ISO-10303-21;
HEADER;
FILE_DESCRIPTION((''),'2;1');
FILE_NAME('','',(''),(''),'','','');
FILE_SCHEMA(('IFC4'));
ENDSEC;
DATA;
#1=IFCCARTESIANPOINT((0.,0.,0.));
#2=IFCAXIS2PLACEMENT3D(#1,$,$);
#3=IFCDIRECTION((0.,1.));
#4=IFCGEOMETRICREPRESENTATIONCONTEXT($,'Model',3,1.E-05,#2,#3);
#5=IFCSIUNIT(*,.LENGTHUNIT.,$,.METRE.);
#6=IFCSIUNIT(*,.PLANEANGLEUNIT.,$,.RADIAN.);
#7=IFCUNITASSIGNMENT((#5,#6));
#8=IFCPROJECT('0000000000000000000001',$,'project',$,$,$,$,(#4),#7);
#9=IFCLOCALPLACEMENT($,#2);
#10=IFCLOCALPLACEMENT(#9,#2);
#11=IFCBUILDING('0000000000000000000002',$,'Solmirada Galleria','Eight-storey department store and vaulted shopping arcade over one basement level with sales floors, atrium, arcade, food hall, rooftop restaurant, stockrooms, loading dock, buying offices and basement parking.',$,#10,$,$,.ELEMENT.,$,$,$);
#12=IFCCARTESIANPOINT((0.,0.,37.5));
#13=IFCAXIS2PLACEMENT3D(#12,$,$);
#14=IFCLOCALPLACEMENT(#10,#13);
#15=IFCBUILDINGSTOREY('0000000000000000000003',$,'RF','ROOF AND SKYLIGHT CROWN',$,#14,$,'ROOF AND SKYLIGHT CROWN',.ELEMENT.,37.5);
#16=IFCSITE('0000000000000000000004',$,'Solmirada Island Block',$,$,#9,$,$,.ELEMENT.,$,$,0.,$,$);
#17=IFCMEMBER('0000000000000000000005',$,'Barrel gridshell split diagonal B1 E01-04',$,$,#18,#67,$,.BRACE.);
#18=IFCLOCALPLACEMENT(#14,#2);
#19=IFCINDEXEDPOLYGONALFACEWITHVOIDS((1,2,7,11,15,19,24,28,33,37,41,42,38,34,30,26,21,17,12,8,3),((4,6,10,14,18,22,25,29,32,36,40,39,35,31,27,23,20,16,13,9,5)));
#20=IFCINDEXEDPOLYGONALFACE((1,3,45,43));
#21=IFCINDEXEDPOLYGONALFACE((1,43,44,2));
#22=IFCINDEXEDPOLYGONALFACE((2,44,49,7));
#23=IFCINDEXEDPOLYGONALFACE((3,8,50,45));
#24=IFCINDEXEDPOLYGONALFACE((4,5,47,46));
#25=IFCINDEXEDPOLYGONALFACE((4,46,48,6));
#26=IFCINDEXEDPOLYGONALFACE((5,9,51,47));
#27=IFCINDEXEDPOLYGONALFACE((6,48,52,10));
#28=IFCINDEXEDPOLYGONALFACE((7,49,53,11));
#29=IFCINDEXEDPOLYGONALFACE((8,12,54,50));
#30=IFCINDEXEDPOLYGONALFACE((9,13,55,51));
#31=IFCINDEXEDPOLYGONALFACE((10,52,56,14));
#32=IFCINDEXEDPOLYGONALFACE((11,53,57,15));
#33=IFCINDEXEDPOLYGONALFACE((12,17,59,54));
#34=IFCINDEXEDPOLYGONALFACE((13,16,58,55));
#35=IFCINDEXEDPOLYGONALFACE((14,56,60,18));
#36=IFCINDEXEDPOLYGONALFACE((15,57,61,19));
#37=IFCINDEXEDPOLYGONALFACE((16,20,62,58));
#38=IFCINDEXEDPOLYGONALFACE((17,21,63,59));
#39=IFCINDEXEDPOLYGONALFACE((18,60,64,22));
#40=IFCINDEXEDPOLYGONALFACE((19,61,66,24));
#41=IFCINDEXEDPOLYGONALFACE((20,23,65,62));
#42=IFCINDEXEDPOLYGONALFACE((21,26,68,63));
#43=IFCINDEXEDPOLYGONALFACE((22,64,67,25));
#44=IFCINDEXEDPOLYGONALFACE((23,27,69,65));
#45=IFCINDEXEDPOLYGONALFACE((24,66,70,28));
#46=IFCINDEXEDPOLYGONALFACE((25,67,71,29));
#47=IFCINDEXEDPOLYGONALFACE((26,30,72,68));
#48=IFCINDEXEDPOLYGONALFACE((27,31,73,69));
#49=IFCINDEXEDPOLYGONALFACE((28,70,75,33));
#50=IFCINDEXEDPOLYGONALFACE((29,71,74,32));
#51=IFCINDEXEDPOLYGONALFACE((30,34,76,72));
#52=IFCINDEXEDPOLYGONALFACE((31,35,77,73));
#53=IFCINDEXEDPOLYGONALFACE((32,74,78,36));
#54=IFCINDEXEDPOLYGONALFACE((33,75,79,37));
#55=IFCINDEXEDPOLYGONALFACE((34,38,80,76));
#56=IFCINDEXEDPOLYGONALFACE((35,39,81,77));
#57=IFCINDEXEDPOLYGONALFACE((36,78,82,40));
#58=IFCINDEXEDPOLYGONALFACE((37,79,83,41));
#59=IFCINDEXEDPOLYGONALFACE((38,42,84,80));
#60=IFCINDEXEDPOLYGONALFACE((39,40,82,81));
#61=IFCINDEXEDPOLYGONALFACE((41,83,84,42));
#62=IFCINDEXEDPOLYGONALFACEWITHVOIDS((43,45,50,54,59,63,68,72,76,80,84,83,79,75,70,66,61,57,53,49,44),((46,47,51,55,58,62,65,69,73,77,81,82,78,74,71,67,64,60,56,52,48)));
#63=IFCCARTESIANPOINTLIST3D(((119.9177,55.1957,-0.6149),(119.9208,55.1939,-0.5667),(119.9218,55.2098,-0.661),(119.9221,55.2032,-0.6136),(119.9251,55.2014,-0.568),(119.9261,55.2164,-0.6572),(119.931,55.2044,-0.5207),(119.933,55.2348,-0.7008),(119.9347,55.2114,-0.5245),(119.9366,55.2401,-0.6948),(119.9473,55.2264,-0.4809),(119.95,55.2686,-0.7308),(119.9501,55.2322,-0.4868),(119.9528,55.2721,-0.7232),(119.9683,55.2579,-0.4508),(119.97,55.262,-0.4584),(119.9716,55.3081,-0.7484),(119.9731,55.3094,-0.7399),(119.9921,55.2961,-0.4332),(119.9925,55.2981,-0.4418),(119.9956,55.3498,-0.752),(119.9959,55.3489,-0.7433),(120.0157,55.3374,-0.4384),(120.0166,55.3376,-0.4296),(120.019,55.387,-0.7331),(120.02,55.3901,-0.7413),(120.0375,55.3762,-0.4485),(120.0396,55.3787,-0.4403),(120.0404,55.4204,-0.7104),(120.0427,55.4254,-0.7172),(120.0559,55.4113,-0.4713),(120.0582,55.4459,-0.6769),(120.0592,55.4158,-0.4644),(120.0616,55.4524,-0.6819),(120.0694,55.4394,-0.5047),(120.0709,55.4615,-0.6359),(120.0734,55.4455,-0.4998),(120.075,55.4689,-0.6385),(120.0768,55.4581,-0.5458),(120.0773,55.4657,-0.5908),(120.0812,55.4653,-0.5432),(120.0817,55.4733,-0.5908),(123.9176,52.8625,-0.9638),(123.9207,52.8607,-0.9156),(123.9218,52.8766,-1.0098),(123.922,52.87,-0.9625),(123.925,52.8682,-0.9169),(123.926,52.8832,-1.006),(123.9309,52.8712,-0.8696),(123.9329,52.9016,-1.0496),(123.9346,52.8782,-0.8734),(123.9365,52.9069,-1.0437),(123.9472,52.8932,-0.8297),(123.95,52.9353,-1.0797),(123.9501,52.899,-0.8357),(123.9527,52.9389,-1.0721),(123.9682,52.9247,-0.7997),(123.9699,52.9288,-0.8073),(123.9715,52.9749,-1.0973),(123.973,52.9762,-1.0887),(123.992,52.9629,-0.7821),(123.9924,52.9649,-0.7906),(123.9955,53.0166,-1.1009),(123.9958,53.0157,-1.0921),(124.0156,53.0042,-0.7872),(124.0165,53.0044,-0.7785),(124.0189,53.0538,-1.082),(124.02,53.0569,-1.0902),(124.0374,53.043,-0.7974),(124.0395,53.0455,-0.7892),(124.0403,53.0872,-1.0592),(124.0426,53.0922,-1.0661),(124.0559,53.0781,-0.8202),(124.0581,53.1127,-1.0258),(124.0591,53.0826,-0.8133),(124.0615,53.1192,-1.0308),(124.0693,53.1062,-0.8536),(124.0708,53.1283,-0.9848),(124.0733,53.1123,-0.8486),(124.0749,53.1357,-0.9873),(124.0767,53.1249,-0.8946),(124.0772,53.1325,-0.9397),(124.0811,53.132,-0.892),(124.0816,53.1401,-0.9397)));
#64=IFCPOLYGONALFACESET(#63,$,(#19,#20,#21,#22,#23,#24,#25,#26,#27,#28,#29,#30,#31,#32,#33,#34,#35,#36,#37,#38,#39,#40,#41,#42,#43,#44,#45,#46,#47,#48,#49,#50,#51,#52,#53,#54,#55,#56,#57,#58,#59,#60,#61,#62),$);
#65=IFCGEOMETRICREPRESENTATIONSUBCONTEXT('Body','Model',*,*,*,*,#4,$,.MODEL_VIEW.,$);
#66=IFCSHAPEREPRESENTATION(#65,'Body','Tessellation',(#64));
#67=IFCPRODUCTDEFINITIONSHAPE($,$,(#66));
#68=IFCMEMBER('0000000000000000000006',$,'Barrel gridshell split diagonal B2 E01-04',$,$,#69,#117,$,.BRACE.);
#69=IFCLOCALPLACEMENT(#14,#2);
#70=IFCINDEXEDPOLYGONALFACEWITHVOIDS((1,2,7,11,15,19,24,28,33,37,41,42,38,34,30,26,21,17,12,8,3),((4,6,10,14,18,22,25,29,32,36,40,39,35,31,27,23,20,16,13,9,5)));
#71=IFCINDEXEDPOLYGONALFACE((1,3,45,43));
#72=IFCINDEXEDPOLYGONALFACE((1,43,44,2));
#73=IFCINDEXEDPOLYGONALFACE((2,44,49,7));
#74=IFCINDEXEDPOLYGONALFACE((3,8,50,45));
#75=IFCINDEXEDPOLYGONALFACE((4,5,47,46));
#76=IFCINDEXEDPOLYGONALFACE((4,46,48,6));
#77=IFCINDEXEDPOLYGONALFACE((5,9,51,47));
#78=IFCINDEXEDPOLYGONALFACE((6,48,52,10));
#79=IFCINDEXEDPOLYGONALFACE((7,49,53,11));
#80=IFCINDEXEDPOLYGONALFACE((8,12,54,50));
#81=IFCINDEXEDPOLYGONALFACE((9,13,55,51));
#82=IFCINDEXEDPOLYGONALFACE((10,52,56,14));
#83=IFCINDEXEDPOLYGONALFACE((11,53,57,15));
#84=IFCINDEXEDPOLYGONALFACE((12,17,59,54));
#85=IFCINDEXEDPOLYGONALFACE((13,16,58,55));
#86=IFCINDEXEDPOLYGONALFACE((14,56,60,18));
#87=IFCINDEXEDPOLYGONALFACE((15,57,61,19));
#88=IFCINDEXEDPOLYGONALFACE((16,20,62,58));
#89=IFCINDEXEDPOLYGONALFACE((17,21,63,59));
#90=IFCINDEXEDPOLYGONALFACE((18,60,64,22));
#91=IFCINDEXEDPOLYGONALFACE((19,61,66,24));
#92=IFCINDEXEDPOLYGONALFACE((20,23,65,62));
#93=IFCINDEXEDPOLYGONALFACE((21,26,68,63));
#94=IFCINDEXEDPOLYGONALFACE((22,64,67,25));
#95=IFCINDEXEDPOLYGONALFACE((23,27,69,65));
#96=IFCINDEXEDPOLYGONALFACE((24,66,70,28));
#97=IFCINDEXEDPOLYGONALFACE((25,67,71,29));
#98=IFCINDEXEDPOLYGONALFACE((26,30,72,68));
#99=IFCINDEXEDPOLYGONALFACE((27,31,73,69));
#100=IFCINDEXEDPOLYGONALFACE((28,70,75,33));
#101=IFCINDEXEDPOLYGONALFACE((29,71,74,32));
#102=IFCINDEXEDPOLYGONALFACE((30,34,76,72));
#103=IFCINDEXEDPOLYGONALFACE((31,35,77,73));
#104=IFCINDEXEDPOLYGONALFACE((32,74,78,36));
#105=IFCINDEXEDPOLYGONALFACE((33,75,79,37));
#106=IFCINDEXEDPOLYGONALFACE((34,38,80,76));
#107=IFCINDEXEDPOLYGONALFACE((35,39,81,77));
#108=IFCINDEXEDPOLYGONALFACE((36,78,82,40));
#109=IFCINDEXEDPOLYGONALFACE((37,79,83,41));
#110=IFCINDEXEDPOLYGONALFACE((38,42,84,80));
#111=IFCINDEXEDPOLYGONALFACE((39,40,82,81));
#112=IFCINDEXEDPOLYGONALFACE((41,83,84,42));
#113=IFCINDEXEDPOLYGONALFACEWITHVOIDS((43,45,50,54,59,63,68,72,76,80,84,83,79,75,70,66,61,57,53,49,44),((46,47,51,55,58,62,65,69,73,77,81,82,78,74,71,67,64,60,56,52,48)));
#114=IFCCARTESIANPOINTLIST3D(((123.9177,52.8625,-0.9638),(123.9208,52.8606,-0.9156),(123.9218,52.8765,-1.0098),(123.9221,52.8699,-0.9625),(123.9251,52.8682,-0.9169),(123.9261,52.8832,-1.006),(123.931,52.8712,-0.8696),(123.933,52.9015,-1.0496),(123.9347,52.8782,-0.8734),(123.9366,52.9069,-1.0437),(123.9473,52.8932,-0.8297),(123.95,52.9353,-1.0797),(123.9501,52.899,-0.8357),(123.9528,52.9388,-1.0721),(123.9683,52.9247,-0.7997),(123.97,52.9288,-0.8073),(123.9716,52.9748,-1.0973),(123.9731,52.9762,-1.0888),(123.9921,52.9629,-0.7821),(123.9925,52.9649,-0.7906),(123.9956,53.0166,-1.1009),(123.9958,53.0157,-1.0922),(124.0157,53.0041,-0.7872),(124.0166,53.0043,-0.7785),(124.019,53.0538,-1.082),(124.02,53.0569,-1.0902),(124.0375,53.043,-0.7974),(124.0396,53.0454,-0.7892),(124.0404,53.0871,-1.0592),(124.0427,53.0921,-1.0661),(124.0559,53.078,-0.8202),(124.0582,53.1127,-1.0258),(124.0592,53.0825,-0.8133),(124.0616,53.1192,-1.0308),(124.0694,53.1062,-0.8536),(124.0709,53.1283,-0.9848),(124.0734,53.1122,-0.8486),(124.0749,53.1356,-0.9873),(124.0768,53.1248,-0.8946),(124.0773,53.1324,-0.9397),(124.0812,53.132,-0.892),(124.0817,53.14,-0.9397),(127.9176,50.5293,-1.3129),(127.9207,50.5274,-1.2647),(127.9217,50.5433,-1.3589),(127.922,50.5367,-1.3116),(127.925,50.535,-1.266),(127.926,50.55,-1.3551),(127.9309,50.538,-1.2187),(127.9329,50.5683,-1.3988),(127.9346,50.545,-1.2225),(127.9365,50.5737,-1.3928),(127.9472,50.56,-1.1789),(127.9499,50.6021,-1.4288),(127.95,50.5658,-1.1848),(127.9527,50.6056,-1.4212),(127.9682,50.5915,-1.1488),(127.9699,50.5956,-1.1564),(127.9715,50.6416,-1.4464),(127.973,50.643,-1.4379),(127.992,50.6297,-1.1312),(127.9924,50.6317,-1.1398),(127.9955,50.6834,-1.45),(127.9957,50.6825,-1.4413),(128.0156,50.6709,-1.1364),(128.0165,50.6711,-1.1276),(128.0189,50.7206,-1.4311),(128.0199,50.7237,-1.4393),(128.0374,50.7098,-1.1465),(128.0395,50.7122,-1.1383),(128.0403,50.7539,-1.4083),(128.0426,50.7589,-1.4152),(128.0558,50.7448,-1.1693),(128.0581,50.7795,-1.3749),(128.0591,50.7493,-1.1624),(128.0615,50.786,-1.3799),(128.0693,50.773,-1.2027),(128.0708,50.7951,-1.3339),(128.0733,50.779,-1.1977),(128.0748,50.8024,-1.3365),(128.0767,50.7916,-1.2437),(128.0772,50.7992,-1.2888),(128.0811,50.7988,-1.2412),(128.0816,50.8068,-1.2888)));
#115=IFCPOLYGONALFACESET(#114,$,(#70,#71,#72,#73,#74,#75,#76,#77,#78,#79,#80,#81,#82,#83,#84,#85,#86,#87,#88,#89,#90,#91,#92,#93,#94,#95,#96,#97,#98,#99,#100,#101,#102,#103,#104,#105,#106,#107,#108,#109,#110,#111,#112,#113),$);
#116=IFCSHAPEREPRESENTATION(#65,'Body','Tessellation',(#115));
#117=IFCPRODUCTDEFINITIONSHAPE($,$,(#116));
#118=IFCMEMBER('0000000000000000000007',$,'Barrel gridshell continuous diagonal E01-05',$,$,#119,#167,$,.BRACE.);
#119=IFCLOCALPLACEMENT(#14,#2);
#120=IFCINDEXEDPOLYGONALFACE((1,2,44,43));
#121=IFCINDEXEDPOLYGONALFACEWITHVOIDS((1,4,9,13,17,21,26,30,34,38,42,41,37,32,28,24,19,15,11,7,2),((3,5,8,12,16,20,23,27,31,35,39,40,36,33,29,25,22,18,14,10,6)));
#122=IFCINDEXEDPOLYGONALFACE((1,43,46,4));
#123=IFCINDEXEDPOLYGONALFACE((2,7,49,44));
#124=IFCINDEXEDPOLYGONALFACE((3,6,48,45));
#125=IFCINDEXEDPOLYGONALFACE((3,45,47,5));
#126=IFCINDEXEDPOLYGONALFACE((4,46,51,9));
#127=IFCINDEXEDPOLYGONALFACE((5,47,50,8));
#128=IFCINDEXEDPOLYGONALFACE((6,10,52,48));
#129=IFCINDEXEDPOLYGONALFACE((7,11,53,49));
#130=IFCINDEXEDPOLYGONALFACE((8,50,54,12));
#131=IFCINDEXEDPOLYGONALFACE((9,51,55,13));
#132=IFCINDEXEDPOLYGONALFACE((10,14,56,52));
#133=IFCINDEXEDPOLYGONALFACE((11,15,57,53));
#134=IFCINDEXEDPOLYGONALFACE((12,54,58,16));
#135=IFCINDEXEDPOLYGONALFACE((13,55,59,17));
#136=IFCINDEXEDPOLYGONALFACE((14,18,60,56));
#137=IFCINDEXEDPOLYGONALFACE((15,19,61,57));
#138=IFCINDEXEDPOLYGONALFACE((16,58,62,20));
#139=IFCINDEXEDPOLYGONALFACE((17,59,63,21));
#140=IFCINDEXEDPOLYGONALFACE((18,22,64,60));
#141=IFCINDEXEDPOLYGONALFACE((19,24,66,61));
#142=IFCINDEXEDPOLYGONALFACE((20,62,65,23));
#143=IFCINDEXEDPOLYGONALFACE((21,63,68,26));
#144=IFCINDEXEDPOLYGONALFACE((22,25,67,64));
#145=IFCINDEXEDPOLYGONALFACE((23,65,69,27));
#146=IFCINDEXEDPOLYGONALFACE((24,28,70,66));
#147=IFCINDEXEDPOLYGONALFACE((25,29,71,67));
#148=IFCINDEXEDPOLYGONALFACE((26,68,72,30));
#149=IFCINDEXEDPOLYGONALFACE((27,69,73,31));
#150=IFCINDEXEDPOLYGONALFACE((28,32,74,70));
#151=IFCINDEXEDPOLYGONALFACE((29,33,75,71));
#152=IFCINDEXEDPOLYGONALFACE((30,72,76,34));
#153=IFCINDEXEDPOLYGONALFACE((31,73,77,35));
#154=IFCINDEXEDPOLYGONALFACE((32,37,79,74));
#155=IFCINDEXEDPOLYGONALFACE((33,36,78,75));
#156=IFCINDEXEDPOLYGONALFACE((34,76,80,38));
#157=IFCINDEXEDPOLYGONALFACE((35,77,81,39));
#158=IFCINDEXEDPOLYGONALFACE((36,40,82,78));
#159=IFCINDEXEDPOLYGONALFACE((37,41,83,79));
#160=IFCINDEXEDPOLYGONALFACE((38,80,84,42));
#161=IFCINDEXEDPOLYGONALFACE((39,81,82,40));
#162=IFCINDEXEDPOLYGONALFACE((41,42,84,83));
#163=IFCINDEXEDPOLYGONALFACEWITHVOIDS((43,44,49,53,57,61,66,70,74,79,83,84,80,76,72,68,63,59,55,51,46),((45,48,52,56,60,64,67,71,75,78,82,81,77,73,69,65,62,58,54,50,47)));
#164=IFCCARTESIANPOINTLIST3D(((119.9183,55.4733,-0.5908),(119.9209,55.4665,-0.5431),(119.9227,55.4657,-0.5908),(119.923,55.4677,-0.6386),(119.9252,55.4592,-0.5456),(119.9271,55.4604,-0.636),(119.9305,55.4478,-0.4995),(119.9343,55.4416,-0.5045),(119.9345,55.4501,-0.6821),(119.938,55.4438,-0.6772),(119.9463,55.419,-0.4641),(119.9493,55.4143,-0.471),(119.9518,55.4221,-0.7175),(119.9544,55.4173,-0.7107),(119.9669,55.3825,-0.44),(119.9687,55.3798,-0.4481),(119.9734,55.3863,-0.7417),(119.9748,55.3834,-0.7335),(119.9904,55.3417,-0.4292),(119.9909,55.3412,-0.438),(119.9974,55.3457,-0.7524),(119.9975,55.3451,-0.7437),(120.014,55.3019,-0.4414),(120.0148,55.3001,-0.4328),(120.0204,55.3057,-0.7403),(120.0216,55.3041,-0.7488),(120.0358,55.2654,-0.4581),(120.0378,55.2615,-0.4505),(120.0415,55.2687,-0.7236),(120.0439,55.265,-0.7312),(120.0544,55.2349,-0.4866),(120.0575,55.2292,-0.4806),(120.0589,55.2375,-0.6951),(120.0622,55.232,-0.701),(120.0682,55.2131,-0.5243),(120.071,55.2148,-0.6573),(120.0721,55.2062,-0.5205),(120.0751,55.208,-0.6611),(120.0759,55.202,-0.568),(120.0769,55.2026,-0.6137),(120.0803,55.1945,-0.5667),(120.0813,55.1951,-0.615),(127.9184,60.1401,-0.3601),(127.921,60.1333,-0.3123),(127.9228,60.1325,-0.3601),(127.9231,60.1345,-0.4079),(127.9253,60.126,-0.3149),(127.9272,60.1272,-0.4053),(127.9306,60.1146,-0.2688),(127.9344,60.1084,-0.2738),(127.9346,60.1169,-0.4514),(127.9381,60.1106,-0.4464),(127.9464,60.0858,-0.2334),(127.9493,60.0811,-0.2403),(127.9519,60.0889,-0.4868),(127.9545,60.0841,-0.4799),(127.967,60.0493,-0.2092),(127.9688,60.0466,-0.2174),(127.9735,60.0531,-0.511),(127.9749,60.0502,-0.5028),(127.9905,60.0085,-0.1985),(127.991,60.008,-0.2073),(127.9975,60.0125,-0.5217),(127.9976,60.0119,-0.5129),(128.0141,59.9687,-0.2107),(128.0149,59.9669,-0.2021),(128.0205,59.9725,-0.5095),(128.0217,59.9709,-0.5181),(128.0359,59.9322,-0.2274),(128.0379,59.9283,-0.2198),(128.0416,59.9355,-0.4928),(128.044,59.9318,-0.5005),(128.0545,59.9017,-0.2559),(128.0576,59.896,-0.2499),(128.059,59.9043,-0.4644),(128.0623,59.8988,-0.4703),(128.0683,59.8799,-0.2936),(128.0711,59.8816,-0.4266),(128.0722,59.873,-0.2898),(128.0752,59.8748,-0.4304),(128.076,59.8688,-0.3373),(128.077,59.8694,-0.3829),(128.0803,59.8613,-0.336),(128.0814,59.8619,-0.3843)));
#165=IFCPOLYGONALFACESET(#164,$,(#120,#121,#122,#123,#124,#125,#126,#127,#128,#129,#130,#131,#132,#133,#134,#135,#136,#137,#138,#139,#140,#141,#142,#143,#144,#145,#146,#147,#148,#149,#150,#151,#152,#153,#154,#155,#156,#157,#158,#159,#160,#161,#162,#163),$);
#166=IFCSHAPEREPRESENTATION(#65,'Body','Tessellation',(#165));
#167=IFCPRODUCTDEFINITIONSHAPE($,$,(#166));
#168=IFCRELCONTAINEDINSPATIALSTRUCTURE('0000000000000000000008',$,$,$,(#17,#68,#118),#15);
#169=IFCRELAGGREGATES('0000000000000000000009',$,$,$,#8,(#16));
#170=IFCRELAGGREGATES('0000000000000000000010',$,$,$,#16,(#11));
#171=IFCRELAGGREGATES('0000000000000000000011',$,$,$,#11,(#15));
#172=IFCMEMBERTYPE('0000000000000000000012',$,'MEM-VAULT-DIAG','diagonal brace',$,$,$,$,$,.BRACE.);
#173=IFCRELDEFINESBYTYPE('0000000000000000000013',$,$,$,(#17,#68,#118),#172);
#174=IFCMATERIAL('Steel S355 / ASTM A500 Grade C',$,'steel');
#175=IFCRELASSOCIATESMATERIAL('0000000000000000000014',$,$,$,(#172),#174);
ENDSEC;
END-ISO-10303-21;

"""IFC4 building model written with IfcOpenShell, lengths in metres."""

from ifc_helpers import new_model, si_unit, direction, frame, origin, origin_2d, place, context, subcontext, project, spatial, hollow_circle, extrude, material, material_profile, profile_set, type_object, element, save


model = new_model("IFC4")

# Units and contexts
model_context = context("Model", 3, precision=1e-05, world=origin(), true_north=direction((0.0, 1.0)))
body_context = subcontext(model_context, "Body", "Model", "MODEL_VIEW")
ifc_project = project(units=[si_unit("LENGTHUNIT", "METRE"), si_unit("PLANEANGLEUNIT", "RADIAN")], contexts=[model_context])

# Site, building, storey
site_placement = place(None, origin())
site = spatial("IfcSite", under=ifc_project, at=site_placement, Name="Solmirada Island Block", CompositionType="ELEMENT", RefElevation=0.0)
building_placement = place(site_placement, origin())
building = spatial("IfcBuilding", under=site, at=building_placement, Name="Solmirada Galleria", Description="Eight-storey department store and vaulted shopping arcade over one basement level with sales floors, atrium, arcade, food hall, rooftop restaurant, stockrooms, loading dock, buying offices and basement parking.", CompositionType="ELEMENT")
storey_placement = place(building_placement, frame((0.0, 0.0, 37.5)))
storey = spatial("IfcBuildingStorey", under=building, at=storey_placement, Name="RF", Description="ROOF AND SKYLIGHT CROWN", LongName="ROOF AND SKYLIGHT CROWN", CompositionType="ELEMENT", Elevation=37.5)

# Members
ifc_material_1 = material(Name="Steel S355 / ASTM A500 Grade C", Category="steel")
ifc_material_profile_1 = material_profile(ifc_material_1, hollow_circle(Radius=0.1621, WallThickness=0.0088, at=origin_2d()), Name="HSS12.750X0.375")
ifc_profile_set_1 = profile_set([ifc_material_profile_1], Name="Steel S355 / ASTM A500 Grade C")
member_type_1 = type_object("IfcMemberType", Name="MEM-VAULT-DIAG", Description="diagonal brace", PredefinedType="BRACE", material=ifc_profile_set_1)
for number, where, z_axis, x_axis, name in (
    (1, (120.0, 55.3333, -0.5908), (0.861346, -0.502434, -0.075126), (0.503858, 0.863787, 0.0), "Barrel gridshell split diagonal B1 E01-04"),
    (2, (124.0, 53.0, -0.9397), (0.861342, -0.502432, -0.075178), (0.503858, 0.863787, 0.0), "Barrel gridshell split diagonal B2 E01-04"),
):
    element("IfcMember", number, at=place(storey_placement, frame(where, z_axis=z_axis, x_axis=x_axis)), inside=storey, type_object=member_type_1, Name=name, PredefinedType="BRACE", context=body_context, shape_type="SweptSolid", body=[
        extrude(hollow_circle(Radius=0.1621, WallThickness=0.0088, at=origin_2d()), origin(), (0.0, 0.0, 1.0), 4.6438),
    ])
member_1_placement = place(storey_placement, frame((120.0, 55.3333, -0.5908), z_axis=(0.863507, 0.503721, 0.024903), x_axis=(-0.503878, 0.863775, 0.0)))
element("IfcMember", 3, at=member_1_placement, inside=storey, type_object=member_type_1, Name="Barrel gridshell continuous diagonal E01-05", PredefinedType="BRACE", context=body_context, shape_type="SweptSolid", body=[
    extrude(hollow_circle(Radius=0.1621, WallThickness=0.0088, at=origin_2d()), origin(), (0.0, 0.0, 1.0), 9.2646),
])

save(model, "model.ifc")
